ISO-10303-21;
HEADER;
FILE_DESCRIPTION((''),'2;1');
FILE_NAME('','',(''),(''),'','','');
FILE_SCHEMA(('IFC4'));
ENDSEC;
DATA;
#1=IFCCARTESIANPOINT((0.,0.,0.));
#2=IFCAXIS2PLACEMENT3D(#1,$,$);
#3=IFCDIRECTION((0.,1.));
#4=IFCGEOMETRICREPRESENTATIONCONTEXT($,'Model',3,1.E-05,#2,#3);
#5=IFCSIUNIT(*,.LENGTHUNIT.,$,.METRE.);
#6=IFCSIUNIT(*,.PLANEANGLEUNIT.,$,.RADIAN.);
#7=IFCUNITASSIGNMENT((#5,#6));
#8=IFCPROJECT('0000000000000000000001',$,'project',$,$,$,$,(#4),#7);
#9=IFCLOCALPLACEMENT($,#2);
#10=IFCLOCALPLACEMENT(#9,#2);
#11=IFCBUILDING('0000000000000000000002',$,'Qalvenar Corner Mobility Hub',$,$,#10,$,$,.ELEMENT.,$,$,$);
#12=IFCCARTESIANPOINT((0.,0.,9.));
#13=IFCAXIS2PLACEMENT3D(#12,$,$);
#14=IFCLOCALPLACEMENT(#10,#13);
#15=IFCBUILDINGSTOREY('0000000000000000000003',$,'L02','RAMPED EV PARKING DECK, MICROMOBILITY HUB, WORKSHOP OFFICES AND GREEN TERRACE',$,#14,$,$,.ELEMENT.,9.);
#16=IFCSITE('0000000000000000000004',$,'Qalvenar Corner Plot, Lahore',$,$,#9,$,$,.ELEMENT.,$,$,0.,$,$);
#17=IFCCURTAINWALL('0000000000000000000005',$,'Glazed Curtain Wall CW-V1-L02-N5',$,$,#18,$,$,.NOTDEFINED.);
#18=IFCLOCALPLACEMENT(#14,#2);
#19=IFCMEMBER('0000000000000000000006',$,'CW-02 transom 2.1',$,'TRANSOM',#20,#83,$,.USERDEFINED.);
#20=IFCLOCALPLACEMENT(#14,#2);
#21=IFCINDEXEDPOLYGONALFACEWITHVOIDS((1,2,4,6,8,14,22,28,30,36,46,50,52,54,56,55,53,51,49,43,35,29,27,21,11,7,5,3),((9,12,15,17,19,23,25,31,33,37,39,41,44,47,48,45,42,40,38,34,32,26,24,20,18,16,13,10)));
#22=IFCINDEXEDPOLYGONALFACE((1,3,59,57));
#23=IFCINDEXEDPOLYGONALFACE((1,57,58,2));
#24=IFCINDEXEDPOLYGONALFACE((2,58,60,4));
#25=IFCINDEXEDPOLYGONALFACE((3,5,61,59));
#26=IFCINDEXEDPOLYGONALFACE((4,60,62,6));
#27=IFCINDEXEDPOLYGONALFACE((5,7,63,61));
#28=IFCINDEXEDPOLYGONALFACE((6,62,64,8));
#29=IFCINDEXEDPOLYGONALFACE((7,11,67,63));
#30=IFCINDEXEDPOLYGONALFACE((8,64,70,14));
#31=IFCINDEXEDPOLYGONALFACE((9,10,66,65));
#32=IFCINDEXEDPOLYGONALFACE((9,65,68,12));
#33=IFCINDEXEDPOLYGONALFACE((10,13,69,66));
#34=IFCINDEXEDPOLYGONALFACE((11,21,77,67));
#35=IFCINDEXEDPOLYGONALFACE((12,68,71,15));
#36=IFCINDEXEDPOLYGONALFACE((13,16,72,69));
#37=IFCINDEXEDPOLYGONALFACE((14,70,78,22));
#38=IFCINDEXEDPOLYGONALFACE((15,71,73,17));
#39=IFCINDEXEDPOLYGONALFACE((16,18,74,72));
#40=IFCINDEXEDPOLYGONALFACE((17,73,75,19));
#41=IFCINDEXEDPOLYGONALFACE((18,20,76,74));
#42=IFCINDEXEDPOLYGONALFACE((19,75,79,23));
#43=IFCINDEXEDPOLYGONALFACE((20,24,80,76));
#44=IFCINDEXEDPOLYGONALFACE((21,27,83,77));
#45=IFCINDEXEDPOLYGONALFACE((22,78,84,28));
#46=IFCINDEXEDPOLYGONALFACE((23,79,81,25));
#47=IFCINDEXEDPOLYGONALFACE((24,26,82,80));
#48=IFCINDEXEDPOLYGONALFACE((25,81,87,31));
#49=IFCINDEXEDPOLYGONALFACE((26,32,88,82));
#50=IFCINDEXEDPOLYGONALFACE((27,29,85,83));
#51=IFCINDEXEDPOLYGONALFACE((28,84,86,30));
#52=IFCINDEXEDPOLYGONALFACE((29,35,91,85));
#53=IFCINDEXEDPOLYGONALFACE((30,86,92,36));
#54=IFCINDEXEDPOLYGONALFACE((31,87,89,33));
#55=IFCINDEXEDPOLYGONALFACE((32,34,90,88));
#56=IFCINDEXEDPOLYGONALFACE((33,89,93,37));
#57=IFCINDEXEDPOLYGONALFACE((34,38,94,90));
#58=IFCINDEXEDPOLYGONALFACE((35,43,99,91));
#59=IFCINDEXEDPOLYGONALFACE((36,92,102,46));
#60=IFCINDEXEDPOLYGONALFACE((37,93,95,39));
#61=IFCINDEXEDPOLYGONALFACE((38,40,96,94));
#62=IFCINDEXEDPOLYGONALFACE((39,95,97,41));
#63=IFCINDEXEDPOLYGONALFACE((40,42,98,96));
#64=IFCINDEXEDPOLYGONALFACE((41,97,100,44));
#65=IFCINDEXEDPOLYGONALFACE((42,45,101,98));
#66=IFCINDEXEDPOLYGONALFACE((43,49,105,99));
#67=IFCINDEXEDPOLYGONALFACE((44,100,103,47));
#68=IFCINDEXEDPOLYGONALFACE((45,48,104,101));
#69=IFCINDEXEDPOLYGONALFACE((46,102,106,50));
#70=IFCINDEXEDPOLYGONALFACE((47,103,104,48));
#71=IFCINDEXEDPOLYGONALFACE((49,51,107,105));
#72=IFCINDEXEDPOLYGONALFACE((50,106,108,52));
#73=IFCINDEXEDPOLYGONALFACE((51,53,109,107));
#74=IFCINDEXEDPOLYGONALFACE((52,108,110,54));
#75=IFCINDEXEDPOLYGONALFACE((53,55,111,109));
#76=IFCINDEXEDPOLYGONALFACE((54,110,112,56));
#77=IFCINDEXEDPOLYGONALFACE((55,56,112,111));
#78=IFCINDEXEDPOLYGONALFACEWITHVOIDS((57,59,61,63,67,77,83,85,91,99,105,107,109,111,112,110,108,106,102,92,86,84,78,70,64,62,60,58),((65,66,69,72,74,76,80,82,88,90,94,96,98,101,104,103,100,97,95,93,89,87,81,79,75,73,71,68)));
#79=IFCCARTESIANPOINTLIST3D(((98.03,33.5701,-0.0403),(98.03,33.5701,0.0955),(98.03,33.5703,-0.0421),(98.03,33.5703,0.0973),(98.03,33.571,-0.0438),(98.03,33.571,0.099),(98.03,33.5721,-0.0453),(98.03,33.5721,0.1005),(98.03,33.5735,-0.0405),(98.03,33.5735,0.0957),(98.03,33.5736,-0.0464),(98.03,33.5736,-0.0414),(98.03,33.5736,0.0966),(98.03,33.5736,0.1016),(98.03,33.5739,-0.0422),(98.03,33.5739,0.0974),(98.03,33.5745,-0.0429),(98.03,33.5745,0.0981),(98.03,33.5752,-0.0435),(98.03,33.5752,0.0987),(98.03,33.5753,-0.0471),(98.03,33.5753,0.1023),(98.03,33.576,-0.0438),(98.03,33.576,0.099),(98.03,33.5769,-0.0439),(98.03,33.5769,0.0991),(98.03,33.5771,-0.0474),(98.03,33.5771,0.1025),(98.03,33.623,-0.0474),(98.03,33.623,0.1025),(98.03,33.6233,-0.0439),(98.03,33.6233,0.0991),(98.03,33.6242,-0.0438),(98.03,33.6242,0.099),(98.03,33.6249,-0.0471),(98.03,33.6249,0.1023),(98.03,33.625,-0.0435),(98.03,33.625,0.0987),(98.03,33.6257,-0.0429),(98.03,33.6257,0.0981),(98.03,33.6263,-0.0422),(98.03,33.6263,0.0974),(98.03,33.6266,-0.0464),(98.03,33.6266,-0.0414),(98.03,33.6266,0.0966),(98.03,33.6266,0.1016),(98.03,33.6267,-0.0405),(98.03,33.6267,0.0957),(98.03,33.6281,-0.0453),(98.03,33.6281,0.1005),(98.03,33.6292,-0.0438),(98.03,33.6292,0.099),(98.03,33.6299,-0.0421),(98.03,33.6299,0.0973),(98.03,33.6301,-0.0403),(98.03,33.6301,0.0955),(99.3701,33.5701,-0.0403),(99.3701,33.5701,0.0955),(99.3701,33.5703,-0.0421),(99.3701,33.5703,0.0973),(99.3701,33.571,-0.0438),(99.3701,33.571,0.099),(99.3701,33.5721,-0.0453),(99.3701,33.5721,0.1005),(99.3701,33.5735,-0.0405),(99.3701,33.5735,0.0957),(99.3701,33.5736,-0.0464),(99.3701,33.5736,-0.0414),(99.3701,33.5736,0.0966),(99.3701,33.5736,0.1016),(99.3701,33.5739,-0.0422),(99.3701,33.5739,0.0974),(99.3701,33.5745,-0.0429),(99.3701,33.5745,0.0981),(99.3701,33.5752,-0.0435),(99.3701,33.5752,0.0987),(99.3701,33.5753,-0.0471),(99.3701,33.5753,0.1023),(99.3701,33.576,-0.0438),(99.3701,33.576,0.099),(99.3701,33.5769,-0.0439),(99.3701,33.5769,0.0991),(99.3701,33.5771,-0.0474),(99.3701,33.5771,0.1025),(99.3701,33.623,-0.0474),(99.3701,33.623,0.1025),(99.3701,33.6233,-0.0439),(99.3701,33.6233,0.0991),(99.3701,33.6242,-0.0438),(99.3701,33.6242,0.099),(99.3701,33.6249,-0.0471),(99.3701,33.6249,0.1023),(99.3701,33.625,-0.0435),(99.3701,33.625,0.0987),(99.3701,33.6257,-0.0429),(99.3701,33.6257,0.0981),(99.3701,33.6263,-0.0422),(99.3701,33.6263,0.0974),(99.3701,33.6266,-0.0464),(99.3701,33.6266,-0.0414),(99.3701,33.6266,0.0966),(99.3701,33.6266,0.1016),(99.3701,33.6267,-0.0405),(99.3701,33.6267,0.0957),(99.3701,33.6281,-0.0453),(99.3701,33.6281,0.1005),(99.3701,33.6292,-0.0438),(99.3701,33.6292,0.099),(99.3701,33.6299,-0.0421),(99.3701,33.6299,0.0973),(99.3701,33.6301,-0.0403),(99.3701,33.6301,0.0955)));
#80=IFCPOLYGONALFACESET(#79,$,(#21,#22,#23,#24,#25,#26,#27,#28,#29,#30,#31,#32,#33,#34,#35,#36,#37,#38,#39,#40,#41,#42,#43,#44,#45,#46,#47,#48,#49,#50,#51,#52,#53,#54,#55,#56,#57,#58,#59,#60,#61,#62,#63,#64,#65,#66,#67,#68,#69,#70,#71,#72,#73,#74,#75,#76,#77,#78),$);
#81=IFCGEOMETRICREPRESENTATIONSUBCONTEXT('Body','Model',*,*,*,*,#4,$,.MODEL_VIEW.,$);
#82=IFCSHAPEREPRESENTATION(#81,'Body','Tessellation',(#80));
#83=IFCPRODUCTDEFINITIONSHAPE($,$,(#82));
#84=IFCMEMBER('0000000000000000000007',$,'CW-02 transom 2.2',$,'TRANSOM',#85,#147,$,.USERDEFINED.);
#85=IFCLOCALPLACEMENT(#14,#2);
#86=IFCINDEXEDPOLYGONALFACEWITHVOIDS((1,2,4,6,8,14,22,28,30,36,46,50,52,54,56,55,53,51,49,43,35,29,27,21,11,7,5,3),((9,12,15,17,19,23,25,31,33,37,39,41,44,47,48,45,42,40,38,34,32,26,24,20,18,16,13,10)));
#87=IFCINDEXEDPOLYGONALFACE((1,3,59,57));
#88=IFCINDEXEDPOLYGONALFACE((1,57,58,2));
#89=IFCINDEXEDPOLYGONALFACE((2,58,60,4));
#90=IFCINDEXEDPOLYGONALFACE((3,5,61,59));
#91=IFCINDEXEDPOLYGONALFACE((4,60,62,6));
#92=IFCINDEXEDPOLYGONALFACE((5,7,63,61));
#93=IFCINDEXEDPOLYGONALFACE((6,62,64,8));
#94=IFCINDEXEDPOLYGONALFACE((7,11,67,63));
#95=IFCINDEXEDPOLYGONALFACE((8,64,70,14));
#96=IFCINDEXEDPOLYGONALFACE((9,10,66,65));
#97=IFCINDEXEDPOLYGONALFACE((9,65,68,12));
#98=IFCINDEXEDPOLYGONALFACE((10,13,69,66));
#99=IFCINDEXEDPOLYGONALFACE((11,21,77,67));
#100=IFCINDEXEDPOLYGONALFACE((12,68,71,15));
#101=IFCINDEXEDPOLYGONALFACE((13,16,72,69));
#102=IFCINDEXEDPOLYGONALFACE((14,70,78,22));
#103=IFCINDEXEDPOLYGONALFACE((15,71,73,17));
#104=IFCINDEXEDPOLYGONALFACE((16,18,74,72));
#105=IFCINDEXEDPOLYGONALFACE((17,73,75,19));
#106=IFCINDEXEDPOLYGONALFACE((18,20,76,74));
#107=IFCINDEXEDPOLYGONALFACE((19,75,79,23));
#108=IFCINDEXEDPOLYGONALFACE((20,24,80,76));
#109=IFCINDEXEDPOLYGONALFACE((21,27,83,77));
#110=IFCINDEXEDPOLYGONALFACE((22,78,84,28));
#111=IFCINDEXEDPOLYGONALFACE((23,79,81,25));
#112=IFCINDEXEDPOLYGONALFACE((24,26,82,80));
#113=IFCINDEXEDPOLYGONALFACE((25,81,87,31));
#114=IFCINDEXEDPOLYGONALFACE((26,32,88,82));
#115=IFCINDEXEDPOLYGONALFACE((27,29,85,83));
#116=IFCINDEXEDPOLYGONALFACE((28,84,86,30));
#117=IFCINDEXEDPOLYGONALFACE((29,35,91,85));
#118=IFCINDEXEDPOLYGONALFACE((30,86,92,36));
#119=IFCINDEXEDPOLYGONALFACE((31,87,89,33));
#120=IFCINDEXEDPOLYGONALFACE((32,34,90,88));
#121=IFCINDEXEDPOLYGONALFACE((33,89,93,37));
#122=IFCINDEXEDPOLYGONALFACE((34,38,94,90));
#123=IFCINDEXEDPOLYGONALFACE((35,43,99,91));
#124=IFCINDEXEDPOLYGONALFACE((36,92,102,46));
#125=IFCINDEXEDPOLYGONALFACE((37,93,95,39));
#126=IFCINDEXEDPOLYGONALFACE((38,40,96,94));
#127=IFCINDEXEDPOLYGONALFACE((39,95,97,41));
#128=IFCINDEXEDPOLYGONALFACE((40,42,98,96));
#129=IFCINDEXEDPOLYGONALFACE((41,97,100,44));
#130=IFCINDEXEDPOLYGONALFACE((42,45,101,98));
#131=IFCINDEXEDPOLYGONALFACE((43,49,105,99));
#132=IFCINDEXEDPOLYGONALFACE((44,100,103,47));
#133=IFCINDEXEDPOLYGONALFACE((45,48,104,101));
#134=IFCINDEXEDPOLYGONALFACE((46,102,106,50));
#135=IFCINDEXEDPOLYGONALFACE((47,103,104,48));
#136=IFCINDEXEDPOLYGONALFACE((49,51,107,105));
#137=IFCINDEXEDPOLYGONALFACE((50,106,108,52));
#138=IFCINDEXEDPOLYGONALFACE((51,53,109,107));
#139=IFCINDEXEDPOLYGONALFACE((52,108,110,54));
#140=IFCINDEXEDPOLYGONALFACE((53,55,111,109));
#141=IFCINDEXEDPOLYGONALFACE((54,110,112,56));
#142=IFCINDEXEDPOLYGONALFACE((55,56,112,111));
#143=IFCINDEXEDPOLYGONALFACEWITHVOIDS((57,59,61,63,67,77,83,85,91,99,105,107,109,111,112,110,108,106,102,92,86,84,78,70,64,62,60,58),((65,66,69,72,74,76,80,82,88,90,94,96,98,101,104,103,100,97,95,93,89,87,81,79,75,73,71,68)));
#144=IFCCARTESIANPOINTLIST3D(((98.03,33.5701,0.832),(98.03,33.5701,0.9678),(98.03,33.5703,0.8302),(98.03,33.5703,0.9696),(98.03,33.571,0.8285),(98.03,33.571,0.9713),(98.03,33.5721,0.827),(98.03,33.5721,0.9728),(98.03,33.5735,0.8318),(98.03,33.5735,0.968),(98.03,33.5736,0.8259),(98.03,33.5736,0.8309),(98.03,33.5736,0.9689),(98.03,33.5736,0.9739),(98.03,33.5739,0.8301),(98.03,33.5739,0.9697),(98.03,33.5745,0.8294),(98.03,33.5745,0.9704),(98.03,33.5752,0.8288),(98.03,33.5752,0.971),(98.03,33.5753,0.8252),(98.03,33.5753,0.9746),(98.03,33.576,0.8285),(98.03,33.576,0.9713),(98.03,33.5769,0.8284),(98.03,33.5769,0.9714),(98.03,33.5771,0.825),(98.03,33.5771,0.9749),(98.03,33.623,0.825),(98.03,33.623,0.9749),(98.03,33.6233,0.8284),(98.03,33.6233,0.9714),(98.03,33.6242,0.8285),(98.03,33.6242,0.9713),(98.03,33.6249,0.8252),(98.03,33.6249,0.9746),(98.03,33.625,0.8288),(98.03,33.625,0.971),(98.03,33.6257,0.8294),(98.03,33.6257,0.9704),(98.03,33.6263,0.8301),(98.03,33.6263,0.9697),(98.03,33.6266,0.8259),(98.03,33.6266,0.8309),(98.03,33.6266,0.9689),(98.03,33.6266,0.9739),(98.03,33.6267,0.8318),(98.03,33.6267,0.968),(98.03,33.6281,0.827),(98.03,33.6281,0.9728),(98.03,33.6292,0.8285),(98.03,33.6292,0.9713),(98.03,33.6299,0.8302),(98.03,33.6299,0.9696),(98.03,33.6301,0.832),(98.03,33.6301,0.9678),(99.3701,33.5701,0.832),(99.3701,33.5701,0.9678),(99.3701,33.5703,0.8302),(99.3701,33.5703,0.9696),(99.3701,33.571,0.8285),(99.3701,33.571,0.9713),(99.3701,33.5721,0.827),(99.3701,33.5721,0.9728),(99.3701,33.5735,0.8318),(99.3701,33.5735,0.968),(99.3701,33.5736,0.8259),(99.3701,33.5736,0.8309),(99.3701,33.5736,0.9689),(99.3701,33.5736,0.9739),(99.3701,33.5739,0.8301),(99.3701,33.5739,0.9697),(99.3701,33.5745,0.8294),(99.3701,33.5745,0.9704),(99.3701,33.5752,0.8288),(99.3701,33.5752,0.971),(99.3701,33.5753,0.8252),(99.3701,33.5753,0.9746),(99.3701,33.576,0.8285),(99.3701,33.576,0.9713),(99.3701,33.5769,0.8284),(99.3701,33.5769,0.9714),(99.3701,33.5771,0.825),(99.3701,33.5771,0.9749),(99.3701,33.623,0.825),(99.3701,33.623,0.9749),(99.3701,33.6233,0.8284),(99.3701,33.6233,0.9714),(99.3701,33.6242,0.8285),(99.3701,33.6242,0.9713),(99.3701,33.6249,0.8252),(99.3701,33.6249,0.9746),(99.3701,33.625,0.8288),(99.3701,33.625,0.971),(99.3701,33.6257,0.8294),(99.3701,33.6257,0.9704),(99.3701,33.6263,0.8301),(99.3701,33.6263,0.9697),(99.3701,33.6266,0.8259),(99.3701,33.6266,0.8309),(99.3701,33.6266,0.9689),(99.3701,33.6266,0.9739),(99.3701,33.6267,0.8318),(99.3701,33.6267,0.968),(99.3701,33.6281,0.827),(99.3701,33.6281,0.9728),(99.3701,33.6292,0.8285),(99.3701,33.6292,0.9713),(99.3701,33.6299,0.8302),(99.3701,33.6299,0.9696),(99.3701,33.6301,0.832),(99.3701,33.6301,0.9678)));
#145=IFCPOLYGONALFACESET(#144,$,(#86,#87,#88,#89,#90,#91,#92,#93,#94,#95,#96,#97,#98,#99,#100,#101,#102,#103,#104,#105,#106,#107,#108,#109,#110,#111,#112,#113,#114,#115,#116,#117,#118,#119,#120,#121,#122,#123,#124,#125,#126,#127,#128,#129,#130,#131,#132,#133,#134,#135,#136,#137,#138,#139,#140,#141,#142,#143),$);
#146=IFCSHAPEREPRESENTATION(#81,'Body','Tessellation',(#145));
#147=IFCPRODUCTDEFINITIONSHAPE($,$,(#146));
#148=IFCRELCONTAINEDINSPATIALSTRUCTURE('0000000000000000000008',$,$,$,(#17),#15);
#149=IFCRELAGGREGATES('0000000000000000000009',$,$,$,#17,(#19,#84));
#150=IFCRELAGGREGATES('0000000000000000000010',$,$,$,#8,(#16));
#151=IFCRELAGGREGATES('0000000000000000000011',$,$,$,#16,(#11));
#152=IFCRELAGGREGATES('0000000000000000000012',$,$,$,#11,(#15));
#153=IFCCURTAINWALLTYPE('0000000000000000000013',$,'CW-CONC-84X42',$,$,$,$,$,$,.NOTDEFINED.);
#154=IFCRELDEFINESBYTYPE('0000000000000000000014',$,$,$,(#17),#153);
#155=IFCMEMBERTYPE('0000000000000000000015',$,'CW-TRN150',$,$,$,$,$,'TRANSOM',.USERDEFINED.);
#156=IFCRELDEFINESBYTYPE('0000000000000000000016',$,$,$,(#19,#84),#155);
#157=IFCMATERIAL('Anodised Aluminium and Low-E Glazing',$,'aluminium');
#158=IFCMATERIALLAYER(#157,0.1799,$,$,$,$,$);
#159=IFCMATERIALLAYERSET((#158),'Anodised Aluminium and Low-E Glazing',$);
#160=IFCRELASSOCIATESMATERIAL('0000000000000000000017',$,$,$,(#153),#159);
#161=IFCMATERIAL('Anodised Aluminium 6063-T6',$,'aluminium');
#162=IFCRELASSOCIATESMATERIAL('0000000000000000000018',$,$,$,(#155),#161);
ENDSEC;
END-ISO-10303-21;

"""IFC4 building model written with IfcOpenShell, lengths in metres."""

from ifc_helpers import new_model, si_unit, direction, frame, origin, origin_2d, place, context, subcontext, project, spatial, hollow_rectangle, extrude, material, layer, layer_set, material_profile, profile_set, type_object, element, aggregate, save


model = new_model("IFC4")

# Units and contexts
model_context = context("Model", 3, precision=1e-05, world=origin(), true_north=direction((0.0, 1.0)))
body_context = subcontext(model_context, "Body", "Model", "MODEL_VIEW")
ifc_project = project(units=[si_unit("LENGTHUNIT", "METRE"), si_unit("PLANEANGLEUNIT", "RADIAN")], contexts=[model_context])

# Site, building, storey
site_placement = place(None, origin())
site = spatial("IfcSite", under=ifc_project, at=site_placement, Name="Qalvenar Corner Plot, Lahore", CompositionType="ELEMENT", RefElevation=0.0)
building_placement = place(site_placement, origin())
building = spatial("IfcBuilding", under=site, at=building_placement, Name="Qalvenar Corner Mobility Hub", CompositionType="ELEMENT")
storey_placement = place(building_placement, frame((0.0, 0.0, 9.0)))
storey = spatial("IfcBuildingStorey", under=building, at=storey_placement, Name="L02", Description="RAMPED EV PARKING DECK, MICROMOBILITY HUB, WORKSHOP OFFICES AND GREEN TERRACE", CompositionType="ELEMENT", Elevation=9.0)

# Curtain wall
ifc_material_1 = material(Name="Anodised Aluminium and Low-E Glazing", Category="aluminium")
ifc_layer_1 = layer(ifc_material_1, 0.1799)
ifc_layer_set_1 = layer_set([ifc_layer_1], Name="Anodised Aluminium and Low-E Glazing")
curtain_wall_type = type_object("IfcCurtainWallType", Name="CW-CONC-84X42", PredefinedType="NOTDEFINED", material=ifc_layer_set_1)
curtain_wall_1_placement = place(storey_placement, origin())
curtain_wall_1 = element("IfcCurtainWall", 1, at=curtain_wall_1_placement, inside=storey, type_object=curtain_wall_type, Name="Glazed Curtain Wall CW-V1-L02-N5", PredefinedType="NOTDEFINED")
ifc_material_2 = material(Name="Anodised Aluminium 6063-T6", Category="aluminium")

# Members
ifc_material_profile_1 = material_profile(ifc_material_2, hollow_rectangle(XDim=0.0601, YDim=0.1499, WallThickness=0.0034, InnerFilletRadius=0.0034, OuterFilletRadius=0.0071, at=origin_2d()), Name="RHS150x60x3.5")
ifc_profile_set_1 = profile_set([ifc_material_profile_1], Name="Anodised Aluminium 6063-T6")
member_type_1 = type_object("IfcMemberType", Name="CW-TRN150", ElementType="TRANSOM", PredefinedType="USERDEFINED", material=ifc_profile_set_1)
member_1_placement = place(storey_placement, frame((99.3701, 33.6001, 0.0276), z_axis=(-1.0, 0.0, 0.0), x_axis=(0.0, -1.0, 0.0)))
member_1 = element("IfcMember", 2, at=member_1_placement, type_object=member_type_1, Name="CW-02 transom 2.1", ObjectType="TRANSOM", PredefinedType="USERDEFINED", context=body_context, shape_type="SweptSolid", body=[
    extrude(hollow_rectangle(XDim=0.0601, YDim=0.1499, WallThickness=0.0034, InnerFilletRadius=0.0034, OuterFilletRadius=0.0071, at=origin_2d()), origin(), (0.0, 0.0, 1.0), 1.3401),
])
member_2_placement = place(storey_placement, frame((99.3701, 33.6001, 0.8999), z_axis=(-1.0, 0.0, 0.0), x_axis=(0.0, -1.0, 0.0)))
member_2 = element("IfcMember", 3, at=member_2_placement, type_object=member_type_1, Name="CW-02 transom 2.2", ObjectType="TRANSOM", PredefinedType="USERDEFINED", context=body_context, shape_type="SweptSolid", body=[
    extrude(hollow_rectangle(XDim=0.0601, YDim=0.1499, WallThickness=0.0034, InnerFilletRadius=0.0034, OuterFilletRadius=0.0071, at=origin_2d()), origin(), (0.0, 0.0, 1.0), 1.3401),
])

aggregate(curtain_wall_1, [member_1, member_2])

save(model, "model.ifc")
